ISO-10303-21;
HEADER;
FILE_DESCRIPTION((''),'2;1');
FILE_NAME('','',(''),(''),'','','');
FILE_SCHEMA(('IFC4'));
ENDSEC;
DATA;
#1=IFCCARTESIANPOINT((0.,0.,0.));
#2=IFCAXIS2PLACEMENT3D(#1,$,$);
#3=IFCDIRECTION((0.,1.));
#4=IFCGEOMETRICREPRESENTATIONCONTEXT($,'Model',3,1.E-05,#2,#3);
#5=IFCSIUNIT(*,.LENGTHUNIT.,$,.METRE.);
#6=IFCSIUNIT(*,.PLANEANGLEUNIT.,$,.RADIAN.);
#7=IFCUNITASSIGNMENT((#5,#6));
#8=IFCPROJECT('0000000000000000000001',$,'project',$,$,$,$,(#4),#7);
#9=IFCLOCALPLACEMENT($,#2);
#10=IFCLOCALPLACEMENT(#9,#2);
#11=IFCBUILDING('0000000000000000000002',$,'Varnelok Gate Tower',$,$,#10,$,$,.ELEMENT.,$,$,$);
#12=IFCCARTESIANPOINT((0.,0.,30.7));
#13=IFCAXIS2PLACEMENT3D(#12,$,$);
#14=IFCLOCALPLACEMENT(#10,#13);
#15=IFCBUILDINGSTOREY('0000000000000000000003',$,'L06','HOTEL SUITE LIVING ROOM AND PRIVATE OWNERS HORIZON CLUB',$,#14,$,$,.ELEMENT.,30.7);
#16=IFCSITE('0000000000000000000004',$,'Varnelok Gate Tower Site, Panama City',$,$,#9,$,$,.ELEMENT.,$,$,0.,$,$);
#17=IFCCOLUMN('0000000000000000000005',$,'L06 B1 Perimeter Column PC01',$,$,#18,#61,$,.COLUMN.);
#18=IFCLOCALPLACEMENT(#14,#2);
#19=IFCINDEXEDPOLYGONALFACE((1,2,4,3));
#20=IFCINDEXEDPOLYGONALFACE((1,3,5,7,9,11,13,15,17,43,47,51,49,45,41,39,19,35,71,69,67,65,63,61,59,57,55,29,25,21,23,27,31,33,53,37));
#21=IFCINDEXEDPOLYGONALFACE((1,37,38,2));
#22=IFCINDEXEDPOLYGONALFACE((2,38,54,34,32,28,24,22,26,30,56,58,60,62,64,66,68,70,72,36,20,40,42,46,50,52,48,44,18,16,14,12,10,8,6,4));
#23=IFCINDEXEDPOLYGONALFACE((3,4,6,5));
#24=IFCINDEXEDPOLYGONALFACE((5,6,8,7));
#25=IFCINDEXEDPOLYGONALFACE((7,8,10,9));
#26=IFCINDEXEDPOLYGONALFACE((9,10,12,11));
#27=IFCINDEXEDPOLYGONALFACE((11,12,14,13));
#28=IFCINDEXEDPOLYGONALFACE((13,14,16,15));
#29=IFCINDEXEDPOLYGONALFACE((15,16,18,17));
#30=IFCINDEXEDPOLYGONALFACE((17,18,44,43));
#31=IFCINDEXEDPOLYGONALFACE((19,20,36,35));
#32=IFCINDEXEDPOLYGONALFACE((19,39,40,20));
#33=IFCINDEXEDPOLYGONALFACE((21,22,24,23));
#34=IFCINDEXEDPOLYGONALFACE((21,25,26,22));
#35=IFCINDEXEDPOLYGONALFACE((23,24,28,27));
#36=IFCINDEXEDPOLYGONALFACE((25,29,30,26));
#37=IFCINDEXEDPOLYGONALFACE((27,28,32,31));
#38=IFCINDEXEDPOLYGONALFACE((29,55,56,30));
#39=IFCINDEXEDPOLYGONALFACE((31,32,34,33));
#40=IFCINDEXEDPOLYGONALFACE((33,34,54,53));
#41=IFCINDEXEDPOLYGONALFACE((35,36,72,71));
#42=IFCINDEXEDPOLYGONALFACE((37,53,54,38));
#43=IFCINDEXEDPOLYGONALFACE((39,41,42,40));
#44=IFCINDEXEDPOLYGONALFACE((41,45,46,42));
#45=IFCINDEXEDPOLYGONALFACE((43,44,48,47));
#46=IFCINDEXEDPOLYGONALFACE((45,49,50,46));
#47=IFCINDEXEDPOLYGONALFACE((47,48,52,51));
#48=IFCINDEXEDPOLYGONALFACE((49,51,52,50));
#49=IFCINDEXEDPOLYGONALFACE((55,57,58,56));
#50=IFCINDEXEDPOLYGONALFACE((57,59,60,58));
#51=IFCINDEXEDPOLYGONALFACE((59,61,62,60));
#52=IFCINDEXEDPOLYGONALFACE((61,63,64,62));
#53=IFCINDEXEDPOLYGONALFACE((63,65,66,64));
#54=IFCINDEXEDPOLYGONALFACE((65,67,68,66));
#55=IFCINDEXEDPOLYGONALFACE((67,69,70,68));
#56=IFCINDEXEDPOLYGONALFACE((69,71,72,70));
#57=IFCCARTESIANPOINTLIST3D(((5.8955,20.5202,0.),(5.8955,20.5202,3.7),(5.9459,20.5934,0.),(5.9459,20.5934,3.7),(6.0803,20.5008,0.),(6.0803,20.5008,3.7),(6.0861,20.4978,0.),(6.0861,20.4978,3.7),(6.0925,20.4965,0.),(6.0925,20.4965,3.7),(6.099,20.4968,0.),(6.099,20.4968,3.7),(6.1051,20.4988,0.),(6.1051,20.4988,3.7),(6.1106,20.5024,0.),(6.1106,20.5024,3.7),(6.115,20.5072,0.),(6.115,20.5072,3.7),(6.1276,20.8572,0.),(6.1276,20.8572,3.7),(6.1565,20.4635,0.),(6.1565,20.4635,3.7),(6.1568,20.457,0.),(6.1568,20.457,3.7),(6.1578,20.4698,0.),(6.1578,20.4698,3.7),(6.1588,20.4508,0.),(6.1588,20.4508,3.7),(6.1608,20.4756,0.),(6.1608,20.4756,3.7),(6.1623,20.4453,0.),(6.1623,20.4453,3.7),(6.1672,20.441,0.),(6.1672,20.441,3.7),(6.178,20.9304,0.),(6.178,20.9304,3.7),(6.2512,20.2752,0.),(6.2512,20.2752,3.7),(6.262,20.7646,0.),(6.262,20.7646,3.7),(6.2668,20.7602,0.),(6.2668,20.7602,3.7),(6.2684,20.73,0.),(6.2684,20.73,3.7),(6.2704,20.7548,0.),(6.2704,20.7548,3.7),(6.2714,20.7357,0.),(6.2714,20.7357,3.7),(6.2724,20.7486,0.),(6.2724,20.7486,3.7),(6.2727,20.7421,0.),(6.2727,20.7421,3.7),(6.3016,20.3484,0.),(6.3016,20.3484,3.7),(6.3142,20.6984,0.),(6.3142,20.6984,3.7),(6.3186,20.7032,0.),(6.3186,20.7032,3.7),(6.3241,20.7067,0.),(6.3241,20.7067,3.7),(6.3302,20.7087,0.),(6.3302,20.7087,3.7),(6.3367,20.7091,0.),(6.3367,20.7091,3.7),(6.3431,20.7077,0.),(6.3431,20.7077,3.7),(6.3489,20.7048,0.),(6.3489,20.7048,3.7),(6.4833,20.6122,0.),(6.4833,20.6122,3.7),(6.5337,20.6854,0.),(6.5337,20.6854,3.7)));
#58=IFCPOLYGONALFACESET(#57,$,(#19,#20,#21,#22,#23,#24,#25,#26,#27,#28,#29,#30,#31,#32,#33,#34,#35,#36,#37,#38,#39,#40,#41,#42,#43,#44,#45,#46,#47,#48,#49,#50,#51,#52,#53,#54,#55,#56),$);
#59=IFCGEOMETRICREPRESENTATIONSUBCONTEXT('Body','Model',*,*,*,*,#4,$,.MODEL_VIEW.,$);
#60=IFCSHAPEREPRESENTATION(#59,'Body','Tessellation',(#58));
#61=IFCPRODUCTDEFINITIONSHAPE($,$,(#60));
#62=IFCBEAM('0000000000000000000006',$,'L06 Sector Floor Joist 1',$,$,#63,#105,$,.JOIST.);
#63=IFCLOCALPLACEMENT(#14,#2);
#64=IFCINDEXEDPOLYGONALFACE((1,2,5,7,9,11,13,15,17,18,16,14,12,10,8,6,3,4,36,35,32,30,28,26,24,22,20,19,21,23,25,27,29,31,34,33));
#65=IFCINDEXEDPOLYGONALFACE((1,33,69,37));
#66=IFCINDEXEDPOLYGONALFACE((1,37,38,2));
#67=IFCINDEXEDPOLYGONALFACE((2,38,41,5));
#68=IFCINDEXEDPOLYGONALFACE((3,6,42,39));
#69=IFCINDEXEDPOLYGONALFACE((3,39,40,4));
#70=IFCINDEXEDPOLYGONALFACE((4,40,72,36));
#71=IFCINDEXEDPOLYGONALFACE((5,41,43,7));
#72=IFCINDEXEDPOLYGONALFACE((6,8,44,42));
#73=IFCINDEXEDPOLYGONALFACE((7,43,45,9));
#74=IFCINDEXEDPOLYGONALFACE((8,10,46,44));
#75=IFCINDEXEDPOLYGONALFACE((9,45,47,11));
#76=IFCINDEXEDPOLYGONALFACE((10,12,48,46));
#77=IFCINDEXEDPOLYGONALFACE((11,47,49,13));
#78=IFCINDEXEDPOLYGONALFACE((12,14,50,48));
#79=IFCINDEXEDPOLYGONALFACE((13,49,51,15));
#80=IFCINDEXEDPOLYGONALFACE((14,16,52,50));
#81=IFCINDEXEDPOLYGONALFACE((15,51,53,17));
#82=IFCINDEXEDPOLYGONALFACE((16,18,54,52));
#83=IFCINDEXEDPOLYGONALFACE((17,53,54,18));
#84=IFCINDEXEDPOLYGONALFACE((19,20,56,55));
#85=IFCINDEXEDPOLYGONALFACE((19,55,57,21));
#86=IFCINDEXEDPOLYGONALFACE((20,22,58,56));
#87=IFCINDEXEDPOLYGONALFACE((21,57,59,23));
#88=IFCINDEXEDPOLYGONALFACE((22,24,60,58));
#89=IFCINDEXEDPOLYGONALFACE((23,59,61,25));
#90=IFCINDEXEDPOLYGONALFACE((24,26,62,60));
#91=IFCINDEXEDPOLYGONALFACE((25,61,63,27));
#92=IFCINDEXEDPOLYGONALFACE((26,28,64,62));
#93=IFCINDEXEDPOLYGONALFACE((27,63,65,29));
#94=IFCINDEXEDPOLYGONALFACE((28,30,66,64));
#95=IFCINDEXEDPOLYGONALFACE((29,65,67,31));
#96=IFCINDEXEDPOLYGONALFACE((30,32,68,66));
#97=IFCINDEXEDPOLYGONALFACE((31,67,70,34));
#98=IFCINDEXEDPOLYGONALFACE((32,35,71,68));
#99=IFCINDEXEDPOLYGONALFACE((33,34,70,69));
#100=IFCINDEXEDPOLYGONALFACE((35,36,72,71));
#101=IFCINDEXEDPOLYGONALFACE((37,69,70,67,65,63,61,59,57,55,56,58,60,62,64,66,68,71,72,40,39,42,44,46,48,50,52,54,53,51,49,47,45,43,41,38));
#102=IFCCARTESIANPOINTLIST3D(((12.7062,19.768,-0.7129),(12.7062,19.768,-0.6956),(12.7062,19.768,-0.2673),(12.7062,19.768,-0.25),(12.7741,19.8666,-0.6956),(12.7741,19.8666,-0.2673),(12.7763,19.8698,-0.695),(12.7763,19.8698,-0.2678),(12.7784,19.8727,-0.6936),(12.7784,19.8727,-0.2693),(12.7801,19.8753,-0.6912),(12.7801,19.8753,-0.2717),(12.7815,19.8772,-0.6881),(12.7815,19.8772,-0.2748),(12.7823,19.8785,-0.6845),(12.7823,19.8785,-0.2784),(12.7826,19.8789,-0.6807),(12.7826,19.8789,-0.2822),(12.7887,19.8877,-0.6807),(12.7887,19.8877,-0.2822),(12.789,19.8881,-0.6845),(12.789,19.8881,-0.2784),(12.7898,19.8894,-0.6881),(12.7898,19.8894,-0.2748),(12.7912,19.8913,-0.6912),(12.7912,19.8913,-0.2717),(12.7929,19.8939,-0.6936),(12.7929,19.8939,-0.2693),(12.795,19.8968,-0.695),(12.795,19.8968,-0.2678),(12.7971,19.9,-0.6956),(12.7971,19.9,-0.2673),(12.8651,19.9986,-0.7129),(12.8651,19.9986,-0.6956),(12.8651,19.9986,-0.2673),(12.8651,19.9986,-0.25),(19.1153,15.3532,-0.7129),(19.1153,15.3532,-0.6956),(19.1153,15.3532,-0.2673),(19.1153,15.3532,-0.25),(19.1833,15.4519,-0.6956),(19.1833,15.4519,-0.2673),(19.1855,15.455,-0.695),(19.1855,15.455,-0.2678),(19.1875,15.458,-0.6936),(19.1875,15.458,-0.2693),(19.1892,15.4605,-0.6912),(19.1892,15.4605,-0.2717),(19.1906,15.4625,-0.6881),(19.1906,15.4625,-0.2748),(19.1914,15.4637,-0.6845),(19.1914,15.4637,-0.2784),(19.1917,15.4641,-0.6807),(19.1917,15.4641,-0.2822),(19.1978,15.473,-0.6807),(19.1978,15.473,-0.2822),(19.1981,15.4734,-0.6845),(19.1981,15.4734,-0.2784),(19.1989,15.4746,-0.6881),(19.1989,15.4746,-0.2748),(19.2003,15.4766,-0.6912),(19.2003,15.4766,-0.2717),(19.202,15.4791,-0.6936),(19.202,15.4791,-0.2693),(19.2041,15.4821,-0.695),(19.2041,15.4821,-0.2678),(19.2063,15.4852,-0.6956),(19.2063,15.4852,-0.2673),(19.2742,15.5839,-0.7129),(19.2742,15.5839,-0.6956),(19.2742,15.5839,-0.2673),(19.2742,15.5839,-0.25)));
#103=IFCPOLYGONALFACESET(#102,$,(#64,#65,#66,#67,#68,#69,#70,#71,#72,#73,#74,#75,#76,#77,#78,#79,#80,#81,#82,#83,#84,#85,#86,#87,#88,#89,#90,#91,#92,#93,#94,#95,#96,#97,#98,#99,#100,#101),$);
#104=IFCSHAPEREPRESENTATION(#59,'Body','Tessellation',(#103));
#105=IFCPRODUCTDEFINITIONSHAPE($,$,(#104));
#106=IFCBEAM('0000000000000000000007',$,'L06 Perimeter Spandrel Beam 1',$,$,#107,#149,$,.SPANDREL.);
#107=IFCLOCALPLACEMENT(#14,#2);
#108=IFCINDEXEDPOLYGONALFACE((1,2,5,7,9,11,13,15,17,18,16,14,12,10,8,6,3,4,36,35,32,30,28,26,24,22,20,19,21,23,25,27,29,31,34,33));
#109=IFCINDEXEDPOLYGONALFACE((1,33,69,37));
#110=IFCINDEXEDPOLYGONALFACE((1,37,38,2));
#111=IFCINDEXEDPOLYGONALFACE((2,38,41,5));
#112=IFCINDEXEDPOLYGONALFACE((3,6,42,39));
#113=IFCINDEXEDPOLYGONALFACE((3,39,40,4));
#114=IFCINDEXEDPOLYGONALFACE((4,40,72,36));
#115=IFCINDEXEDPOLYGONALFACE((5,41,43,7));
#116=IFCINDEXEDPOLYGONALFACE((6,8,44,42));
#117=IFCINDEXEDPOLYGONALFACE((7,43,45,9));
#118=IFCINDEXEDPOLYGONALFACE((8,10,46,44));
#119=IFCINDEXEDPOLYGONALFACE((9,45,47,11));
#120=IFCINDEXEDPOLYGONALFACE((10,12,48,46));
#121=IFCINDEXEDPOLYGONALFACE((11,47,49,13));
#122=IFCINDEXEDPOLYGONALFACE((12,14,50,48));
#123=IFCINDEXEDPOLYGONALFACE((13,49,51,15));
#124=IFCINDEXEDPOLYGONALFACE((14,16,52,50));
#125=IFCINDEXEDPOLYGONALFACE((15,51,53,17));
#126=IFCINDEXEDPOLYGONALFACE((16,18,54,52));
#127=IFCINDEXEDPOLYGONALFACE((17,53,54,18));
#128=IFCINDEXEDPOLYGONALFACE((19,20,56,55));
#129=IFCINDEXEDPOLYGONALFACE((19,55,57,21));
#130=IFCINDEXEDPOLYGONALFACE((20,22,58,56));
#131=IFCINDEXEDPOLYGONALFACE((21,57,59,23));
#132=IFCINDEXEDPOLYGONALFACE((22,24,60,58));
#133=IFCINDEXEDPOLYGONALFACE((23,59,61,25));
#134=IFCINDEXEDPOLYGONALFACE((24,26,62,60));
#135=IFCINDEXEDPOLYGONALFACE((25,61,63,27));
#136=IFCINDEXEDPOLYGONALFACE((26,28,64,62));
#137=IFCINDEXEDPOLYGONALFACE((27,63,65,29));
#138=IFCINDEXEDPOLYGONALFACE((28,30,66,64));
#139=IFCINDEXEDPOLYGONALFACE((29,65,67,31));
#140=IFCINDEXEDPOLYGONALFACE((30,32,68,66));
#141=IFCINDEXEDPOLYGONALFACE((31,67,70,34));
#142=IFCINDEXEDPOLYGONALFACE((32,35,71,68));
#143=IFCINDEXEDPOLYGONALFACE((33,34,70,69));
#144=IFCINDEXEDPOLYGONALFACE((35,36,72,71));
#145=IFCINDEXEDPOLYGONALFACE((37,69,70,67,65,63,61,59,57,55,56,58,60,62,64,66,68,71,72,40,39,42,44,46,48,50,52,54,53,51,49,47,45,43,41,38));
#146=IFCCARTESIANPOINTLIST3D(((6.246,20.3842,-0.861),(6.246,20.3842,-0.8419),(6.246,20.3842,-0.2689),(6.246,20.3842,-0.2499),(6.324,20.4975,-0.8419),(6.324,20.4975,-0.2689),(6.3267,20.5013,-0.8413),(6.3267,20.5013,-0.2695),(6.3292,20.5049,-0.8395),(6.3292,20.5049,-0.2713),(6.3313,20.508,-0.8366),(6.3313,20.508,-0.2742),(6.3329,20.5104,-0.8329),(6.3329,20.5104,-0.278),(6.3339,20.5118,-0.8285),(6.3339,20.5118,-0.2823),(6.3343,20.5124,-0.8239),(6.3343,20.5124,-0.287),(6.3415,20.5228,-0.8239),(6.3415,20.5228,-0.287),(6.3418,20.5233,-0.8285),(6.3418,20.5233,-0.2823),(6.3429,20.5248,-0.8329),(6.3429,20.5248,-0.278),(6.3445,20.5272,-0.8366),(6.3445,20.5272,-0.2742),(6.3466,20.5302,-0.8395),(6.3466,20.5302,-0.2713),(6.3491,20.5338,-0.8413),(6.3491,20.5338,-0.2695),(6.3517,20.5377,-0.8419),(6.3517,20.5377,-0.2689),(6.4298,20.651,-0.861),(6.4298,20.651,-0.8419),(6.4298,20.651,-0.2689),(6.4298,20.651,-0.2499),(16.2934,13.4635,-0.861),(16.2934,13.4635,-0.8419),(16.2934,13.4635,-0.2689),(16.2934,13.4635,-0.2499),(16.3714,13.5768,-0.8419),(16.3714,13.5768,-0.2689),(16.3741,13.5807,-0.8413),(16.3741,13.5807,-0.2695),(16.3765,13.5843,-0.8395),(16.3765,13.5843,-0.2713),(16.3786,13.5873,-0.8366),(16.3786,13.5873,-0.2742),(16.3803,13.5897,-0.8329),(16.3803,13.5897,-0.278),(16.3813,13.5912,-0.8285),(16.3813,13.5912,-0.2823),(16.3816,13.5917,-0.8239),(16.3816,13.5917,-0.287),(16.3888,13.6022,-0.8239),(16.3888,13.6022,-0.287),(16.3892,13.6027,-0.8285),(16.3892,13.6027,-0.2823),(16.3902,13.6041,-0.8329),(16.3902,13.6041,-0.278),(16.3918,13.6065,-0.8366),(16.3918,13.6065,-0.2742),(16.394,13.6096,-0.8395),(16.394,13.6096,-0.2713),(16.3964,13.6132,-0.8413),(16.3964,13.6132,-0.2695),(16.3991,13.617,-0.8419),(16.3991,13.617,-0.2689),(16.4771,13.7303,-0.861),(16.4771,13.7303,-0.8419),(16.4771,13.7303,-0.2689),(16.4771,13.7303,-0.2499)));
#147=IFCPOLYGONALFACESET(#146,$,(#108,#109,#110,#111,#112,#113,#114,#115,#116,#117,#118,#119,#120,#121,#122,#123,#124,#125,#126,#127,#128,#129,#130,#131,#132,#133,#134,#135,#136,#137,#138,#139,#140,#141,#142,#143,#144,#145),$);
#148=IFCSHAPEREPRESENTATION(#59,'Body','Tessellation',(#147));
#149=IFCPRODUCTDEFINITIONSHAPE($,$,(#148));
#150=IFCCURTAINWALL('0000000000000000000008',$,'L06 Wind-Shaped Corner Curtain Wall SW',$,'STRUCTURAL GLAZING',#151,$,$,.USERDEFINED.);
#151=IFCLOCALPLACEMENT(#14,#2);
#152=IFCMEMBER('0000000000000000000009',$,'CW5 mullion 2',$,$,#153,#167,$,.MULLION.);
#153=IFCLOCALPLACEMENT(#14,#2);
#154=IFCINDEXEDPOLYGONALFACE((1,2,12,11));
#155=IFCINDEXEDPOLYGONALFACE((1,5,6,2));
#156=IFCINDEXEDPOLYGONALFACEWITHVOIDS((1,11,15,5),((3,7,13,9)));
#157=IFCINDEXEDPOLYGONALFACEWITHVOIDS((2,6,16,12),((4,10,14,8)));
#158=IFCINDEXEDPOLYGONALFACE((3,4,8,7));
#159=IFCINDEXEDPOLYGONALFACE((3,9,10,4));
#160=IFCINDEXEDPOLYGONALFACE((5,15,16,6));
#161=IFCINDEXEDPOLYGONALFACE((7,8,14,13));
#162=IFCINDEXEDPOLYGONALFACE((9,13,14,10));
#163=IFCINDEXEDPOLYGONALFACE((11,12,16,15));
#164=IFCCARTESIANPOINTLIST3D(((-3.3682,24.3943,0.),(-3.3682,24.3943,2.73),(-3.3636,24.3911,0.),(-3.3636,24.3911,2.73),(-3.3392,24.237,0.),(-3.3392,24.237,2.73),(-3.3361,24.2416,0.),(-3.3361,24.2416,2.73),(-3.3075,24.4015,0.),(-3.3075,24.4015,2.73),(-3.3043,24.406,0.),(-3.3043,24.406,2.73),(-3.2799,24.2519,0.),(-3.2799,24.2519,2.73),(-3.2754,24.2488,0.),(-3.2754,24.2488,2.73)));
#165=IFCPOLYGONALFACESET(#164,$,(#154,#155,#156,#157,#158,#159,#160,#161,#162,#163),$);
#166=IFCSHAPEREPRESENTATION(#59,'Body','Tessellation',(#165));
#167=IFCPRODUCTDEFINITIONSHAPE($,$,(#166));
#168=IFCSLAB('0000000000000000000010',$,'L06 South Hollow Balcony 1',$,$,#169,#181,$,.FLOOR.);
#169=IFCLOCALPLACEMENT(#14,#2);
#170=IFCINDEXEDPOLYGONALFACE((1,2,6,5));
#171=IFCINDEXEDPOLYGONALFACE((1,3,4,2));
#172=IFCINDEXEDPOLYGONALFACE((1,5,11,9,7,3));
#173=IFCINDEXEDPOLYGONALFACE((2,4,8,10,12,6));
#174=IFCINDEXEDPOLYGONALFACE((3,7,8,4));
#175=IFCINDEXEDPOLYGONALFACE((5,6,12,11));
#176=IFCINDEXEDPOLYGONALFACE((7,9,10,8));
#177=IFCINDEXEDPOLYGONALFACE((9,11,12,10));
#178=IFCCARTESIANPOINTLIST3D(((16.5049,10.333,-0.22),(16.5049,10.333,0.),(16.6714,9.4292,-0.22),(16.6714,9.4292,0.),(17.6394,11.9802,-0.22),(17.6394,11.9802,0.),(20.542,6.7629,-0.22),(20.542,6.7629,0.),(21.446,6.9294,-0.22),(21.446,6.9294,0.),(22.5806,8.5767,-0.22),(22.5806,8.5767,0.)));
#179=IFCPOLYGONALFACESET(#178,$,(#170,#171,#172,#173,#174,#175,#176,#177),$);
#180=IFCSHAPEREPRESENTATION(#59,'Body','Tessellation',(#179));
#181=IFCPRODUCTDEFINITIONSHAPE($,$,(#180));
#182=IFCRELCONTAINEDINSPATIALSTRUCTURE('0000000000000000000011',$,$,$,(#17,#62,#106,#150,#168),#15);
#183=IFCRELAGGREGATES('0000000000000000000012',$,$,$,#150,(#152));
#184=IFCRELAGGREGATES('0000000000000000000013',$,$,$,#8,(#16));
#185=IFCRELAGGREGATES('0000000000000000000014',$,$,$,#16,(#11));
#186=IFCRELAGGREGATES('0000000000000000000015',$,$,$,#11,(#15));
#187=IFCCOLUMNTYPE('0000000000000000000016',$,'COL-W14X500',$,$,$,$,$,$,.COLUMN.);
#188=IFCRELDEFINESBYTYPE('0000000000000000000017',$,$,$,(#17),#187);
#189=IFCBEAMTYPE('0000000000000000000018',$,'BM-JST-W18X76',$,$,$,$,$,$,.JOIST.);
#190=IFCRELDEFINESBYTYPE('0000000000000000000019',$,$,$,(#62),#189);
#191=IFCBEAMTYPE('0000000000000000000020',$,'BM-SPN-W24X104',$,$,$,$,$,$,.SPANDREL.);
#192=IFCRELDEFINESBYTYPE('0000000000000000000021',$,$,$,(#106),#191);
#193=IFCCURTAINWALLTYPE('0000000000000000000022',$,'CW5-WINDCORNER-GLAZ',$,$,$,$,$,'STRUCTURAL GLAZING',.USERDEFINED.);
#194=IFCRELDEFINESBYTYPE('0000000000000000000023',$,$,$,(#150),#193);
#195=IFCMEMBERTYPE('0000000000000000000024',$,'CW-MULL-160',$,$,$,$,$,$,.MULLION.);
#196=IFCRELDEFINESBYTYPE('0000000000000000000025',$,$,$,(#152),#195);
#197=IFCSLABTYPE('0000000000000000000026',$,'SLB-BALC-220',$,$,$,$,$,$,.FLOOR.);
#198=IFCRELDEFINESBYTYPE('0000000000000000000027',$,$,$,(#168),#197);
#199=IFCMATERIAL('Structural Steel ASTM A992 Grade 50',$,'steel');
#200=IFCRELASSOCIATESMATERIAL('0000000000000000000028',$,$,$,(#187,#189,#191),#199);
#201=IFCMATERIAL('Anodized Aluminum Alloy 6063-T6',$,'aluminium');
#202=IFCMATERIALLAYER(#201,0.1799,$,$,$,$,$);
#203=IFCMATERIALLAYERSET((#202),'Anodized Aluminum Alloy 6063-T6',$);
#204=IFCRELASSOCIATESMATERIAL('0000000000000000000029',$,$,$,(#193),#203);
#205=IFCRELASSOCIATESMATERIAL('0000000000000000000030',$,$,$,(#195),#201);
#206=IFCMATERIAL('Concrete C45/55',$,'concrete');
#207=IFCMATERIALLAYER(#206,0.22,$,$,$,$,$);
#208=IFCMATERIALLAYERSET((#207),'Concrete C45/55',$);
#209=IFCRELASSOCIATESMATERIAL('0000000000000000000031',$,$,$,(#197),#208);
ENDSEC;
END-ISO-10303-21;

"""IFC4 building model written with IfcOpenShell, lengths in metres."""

from ifc_helpers import new_model, si_unit, direction, frame, origin, origin_2d, place, context, subcontext, project, spatial, polyline, hollow_rectangle, i_section, outline, extrude, material, layer, layer_set, material_profile, profile_set, type_object, element, aggregate, save


model = new_model("IFC4")

# Units and contexts
model_context = context("Model", 3, precision=1e-05, world=origin(), true_north=direction((0.0, 1.0)))
body_context = subcontext(model_context, "Body", "Model", "MODEL_VIEW")
ifc_project = project(units=[si_unit("LENGTHUNIT", "METRE"), si_unit("PLANEANGLEUNIT", "RADIAN")], contexts=[model_context])

# Site, building, storey
site_placement = place(None, origin())
site = spatial("IfcSite", under=ifc_project, at=site_placement, Name="Varnelok Gate Tower Site, Panama City", CompositionType="ELEMENT", RefElevation=0.0)
building_placement = place(site_placement, origin())
building = spatial("IfcBuilding", under=site, at=building_placement, Name="Varnelok Gate Tower", CompositionType="ELEMENT")
storey_placement = place(building_placement, frame((0.0, 0.0, 30.7)))
storey = spatial("IfcBuildingStorey", under=building, at=storey_placement, Name="L06", Description="HOTEL SUITE LIVING ROOM AND PRIVATE OWNERS HORIZON CLUB", CompositionType="ELEMENT", Elevation=30.7)

# Column
ifc_material_1 = material(Name="Structural Steel ASTM A992 Grade 50", Category="steel")
ifc_material_profile_1 = material_profile(ifc_material_1, i_section(OverallWidth=0.4319, OverallDepth=0.498, WebThickness=0.0557, FlangeThickness=0.0889, FilletRadius=0.0249, at=origin_2d()), Name="W14X500")
ifc_profile_set_1 = profile_set([ifc_material_profile_1], Name="Structural Steel ASTM A992 Grade 50")
column_type = type_object("IfcColumnType", Name="COL-W14X500", PredefinedType="COLUMN", material=ifc_profile_set_1)
column_placement = place(storey_placement, frame((6.2146, 20.6028, 0.0), z_axis=(0.0, 0.0, 1.0), x_axis=(0.823533, -0.567269, 0.0)))
element("IfcColumn", 1, at=column_placement, inside=storey, type_object=column_type, Name="L06 B1 Perimeter Column PC01", PredefinedType="COLUMN", context=body_context, shape_type="SweptSolid", body=[
    extrude(i_section(OverallWidth=0.4319, OverallDepth=0.498, WebThickness=0.0557, FlangeThickness=0.0889, FilletRadius=0.0249, at=origin_2d()), origin(), (0.0, 0.0, 1.0), 3.7),
])

# Beams
ifc_material_profile_2 = material_profile(ifc_material_1, i_section(OverallWidth=0.28, OverallDepth=0.4629, WebThickness=0.0107, FlangeThickness=0.0173, FilletRadius=0.0149, at=origin_2d()), Name="W18X76")
ifc_profile_set_2 = profile_set([ifc_material_profile_2], Name="Structural Steel ASTM A992 Grade 50")
beam_type_1 = type_object("IfcBeamType", Name="BM-JST-W18X76", PredefinedType="JOIST", material=ifc_profile_set_2)
beam_1_placement = place(storey_placement, frame((12.7856, 19.8833, -0.4814), z_axis=(0.823533, -0.567269, 0.0), x_axis=(0.567269, 0.823533, 0.0)))
element("IfcBeam", 2, at=beam_1_placement, inside=storey, type_object=beam_type_1, Name="L06 Sector Floor Joist 1", PredefinedType="JOIST", context=body_context, shape_type="SweptSolid", body=[
    extrude(i_section(OverallWidth=0.28, OverallDepth=0.4629, WebThickness=0.0107, FlangeThickness=0.0173, FilletRadius=0.0149, at=origin_2d()), origin(), (0.0, 0.0, 1.0), 7.7825),
])
ifc_material_profile_3 = material_profile(ifc_material_1, i_section(OverallWidth=0.324, OverallDepth=0.6111, WebThickness=0.0127, FlangeThickness=0.019, FilletRadius=0.0181, at=origin_2d()), Name="W24X104")
ifc_profile_set_3 = profile_set([ifc_material_profile_3], Name="Structural Steel ASTM A992 Grade 50")
beam_type_2 = type_object("IfcBeamType", Name="BM-SPN-W24X104", PredefinedType="SPANDREL", material=ifc_profile_set_3)
beam_2_placement = place(storey_placement, frame((6.3379, 20.5176, -0.5554), z_axis=(0.823541, -0.567257, 0.0), x_axis=(0.567257, 0.823541, 0.0)))
element("IfcBeam", 3, at=beam_2_placement, inside=storey, type_object=beam_type_2, Name="L06 Perimeter Spandrel Beam 1", PredefinedType="SPANDREL", context=body_context, shape_type="SweptSolid", body=[
    extrude(i_section(OverallWidth=0.324, OverallDepth=0.6111, WebThickness=0.0127, FlangeThickness=0.019, FilletRadius=0.0181, at=origin_2d()), origin(), (0.0, 0.0, 1.0), 12.2002),
])

# Curtain wall, member
ifc_material_2 = material(Name="Anodized Aluminum Alloy 6063-T6", Category="aluminium")
ifc_layer_1 = layer(ifc_material_2, 0.1799)
ifc_layer_set_1 = layer_set([ifc_layer_1], Name="Anodized Aluminum Alloy 6063-T6")
curtain_wall_type = type_object("IfcCurtainWallType", Name="CW5-WINDCORNER-GLAZ", ElementType="STRUCTURAL GLAZING", PredefinedType="USERDEFINED", material=ifc_layer_set_1)
curtain_wall_placement = place(storey_placement, origin())
curtain_wall = element("IfcCurtainWall", 4, at=curtain_wall_placement, inside=storey, type_object=curtain_wall_type, Name="L06 Wind-Shaped Corner Curtain Wall SW", ObjectType="STRUCTURAL GLAZING", PredefinedType="USERDEFINED")
ifc_material_profile_4 = material_profile(ifc_material_2, hollow_rectangle(XDim=0.0649, YDim=0.1599, WallThickness=0.0039, at=origin_2d()), Name="ALU160X65X4")
ifc_profile_set_4 = profile_set([ifc_material_profile_4], Name="Anodized Aluminum Alloy 6063-T6")
member_type = type_object("IfcMemberType", Name="CW-MULL-160", PredefinedType="MULLION", material=ifc_profile_set_4)
member_placement = place(storey_placement, frame((-3.3218, 24.3215, 0.0), z_axis=(0.0, 0.0, 1.0), x_axis=(0.983446, 0.181203, 0.0)))
member = element("IfcMember", 5, at=member_placement, type_object=member_type, Name="CW5 mullion 2", PredefinedType="MULLION", context=body_context, shape_type="SweptSolid", body=[
    extrude(hollow_rectangle(XDim=0.0649, YDim=0.1599, WallThickness=0.0039, at=origin_2d()), origin(), (0.0, 0.0, 1.0), 2.73),
])

# Slab
ifc_material_3 = material(Name="Concrete C45/55", Category="concrete")
ifc_layer_2 = layer(ifc_material_3, 0.22)
ifc_layer_set_2 = layer_set([ifc_layer_2], Name="Concrete C45/55")
slab_type_1 = type_object("IfcSlabType", Name="SLB-BALC-220", PredefinedType="FLOOR", material=ifc_layer_set_2)
slab_1_placement = place(storey_placement, frame((0.0, 0.0, -0.22)))
element("IfcSlab", 6, at=slab_1_placement, inside=storey, type_object=slab_type_1, Name="L06 South Hollow Balcony 1", PredefinedType="FLOOR", context=body_context, shape_type="SweptSolid", body=[
    extrude(outline(polyline([(16.5049, 10.333), (16.6714, 9.4292), (20.542, 6.7629), (21.446, 6.9294), (22.5806, 8.5767), (17.6394, 11.9802), (16.5049, 10.333)])), origin(), (0.0, 0.0, 1.0), 0.22),
])

aggregate(curtain_wall, [member])

save(model, "model.ifc")
